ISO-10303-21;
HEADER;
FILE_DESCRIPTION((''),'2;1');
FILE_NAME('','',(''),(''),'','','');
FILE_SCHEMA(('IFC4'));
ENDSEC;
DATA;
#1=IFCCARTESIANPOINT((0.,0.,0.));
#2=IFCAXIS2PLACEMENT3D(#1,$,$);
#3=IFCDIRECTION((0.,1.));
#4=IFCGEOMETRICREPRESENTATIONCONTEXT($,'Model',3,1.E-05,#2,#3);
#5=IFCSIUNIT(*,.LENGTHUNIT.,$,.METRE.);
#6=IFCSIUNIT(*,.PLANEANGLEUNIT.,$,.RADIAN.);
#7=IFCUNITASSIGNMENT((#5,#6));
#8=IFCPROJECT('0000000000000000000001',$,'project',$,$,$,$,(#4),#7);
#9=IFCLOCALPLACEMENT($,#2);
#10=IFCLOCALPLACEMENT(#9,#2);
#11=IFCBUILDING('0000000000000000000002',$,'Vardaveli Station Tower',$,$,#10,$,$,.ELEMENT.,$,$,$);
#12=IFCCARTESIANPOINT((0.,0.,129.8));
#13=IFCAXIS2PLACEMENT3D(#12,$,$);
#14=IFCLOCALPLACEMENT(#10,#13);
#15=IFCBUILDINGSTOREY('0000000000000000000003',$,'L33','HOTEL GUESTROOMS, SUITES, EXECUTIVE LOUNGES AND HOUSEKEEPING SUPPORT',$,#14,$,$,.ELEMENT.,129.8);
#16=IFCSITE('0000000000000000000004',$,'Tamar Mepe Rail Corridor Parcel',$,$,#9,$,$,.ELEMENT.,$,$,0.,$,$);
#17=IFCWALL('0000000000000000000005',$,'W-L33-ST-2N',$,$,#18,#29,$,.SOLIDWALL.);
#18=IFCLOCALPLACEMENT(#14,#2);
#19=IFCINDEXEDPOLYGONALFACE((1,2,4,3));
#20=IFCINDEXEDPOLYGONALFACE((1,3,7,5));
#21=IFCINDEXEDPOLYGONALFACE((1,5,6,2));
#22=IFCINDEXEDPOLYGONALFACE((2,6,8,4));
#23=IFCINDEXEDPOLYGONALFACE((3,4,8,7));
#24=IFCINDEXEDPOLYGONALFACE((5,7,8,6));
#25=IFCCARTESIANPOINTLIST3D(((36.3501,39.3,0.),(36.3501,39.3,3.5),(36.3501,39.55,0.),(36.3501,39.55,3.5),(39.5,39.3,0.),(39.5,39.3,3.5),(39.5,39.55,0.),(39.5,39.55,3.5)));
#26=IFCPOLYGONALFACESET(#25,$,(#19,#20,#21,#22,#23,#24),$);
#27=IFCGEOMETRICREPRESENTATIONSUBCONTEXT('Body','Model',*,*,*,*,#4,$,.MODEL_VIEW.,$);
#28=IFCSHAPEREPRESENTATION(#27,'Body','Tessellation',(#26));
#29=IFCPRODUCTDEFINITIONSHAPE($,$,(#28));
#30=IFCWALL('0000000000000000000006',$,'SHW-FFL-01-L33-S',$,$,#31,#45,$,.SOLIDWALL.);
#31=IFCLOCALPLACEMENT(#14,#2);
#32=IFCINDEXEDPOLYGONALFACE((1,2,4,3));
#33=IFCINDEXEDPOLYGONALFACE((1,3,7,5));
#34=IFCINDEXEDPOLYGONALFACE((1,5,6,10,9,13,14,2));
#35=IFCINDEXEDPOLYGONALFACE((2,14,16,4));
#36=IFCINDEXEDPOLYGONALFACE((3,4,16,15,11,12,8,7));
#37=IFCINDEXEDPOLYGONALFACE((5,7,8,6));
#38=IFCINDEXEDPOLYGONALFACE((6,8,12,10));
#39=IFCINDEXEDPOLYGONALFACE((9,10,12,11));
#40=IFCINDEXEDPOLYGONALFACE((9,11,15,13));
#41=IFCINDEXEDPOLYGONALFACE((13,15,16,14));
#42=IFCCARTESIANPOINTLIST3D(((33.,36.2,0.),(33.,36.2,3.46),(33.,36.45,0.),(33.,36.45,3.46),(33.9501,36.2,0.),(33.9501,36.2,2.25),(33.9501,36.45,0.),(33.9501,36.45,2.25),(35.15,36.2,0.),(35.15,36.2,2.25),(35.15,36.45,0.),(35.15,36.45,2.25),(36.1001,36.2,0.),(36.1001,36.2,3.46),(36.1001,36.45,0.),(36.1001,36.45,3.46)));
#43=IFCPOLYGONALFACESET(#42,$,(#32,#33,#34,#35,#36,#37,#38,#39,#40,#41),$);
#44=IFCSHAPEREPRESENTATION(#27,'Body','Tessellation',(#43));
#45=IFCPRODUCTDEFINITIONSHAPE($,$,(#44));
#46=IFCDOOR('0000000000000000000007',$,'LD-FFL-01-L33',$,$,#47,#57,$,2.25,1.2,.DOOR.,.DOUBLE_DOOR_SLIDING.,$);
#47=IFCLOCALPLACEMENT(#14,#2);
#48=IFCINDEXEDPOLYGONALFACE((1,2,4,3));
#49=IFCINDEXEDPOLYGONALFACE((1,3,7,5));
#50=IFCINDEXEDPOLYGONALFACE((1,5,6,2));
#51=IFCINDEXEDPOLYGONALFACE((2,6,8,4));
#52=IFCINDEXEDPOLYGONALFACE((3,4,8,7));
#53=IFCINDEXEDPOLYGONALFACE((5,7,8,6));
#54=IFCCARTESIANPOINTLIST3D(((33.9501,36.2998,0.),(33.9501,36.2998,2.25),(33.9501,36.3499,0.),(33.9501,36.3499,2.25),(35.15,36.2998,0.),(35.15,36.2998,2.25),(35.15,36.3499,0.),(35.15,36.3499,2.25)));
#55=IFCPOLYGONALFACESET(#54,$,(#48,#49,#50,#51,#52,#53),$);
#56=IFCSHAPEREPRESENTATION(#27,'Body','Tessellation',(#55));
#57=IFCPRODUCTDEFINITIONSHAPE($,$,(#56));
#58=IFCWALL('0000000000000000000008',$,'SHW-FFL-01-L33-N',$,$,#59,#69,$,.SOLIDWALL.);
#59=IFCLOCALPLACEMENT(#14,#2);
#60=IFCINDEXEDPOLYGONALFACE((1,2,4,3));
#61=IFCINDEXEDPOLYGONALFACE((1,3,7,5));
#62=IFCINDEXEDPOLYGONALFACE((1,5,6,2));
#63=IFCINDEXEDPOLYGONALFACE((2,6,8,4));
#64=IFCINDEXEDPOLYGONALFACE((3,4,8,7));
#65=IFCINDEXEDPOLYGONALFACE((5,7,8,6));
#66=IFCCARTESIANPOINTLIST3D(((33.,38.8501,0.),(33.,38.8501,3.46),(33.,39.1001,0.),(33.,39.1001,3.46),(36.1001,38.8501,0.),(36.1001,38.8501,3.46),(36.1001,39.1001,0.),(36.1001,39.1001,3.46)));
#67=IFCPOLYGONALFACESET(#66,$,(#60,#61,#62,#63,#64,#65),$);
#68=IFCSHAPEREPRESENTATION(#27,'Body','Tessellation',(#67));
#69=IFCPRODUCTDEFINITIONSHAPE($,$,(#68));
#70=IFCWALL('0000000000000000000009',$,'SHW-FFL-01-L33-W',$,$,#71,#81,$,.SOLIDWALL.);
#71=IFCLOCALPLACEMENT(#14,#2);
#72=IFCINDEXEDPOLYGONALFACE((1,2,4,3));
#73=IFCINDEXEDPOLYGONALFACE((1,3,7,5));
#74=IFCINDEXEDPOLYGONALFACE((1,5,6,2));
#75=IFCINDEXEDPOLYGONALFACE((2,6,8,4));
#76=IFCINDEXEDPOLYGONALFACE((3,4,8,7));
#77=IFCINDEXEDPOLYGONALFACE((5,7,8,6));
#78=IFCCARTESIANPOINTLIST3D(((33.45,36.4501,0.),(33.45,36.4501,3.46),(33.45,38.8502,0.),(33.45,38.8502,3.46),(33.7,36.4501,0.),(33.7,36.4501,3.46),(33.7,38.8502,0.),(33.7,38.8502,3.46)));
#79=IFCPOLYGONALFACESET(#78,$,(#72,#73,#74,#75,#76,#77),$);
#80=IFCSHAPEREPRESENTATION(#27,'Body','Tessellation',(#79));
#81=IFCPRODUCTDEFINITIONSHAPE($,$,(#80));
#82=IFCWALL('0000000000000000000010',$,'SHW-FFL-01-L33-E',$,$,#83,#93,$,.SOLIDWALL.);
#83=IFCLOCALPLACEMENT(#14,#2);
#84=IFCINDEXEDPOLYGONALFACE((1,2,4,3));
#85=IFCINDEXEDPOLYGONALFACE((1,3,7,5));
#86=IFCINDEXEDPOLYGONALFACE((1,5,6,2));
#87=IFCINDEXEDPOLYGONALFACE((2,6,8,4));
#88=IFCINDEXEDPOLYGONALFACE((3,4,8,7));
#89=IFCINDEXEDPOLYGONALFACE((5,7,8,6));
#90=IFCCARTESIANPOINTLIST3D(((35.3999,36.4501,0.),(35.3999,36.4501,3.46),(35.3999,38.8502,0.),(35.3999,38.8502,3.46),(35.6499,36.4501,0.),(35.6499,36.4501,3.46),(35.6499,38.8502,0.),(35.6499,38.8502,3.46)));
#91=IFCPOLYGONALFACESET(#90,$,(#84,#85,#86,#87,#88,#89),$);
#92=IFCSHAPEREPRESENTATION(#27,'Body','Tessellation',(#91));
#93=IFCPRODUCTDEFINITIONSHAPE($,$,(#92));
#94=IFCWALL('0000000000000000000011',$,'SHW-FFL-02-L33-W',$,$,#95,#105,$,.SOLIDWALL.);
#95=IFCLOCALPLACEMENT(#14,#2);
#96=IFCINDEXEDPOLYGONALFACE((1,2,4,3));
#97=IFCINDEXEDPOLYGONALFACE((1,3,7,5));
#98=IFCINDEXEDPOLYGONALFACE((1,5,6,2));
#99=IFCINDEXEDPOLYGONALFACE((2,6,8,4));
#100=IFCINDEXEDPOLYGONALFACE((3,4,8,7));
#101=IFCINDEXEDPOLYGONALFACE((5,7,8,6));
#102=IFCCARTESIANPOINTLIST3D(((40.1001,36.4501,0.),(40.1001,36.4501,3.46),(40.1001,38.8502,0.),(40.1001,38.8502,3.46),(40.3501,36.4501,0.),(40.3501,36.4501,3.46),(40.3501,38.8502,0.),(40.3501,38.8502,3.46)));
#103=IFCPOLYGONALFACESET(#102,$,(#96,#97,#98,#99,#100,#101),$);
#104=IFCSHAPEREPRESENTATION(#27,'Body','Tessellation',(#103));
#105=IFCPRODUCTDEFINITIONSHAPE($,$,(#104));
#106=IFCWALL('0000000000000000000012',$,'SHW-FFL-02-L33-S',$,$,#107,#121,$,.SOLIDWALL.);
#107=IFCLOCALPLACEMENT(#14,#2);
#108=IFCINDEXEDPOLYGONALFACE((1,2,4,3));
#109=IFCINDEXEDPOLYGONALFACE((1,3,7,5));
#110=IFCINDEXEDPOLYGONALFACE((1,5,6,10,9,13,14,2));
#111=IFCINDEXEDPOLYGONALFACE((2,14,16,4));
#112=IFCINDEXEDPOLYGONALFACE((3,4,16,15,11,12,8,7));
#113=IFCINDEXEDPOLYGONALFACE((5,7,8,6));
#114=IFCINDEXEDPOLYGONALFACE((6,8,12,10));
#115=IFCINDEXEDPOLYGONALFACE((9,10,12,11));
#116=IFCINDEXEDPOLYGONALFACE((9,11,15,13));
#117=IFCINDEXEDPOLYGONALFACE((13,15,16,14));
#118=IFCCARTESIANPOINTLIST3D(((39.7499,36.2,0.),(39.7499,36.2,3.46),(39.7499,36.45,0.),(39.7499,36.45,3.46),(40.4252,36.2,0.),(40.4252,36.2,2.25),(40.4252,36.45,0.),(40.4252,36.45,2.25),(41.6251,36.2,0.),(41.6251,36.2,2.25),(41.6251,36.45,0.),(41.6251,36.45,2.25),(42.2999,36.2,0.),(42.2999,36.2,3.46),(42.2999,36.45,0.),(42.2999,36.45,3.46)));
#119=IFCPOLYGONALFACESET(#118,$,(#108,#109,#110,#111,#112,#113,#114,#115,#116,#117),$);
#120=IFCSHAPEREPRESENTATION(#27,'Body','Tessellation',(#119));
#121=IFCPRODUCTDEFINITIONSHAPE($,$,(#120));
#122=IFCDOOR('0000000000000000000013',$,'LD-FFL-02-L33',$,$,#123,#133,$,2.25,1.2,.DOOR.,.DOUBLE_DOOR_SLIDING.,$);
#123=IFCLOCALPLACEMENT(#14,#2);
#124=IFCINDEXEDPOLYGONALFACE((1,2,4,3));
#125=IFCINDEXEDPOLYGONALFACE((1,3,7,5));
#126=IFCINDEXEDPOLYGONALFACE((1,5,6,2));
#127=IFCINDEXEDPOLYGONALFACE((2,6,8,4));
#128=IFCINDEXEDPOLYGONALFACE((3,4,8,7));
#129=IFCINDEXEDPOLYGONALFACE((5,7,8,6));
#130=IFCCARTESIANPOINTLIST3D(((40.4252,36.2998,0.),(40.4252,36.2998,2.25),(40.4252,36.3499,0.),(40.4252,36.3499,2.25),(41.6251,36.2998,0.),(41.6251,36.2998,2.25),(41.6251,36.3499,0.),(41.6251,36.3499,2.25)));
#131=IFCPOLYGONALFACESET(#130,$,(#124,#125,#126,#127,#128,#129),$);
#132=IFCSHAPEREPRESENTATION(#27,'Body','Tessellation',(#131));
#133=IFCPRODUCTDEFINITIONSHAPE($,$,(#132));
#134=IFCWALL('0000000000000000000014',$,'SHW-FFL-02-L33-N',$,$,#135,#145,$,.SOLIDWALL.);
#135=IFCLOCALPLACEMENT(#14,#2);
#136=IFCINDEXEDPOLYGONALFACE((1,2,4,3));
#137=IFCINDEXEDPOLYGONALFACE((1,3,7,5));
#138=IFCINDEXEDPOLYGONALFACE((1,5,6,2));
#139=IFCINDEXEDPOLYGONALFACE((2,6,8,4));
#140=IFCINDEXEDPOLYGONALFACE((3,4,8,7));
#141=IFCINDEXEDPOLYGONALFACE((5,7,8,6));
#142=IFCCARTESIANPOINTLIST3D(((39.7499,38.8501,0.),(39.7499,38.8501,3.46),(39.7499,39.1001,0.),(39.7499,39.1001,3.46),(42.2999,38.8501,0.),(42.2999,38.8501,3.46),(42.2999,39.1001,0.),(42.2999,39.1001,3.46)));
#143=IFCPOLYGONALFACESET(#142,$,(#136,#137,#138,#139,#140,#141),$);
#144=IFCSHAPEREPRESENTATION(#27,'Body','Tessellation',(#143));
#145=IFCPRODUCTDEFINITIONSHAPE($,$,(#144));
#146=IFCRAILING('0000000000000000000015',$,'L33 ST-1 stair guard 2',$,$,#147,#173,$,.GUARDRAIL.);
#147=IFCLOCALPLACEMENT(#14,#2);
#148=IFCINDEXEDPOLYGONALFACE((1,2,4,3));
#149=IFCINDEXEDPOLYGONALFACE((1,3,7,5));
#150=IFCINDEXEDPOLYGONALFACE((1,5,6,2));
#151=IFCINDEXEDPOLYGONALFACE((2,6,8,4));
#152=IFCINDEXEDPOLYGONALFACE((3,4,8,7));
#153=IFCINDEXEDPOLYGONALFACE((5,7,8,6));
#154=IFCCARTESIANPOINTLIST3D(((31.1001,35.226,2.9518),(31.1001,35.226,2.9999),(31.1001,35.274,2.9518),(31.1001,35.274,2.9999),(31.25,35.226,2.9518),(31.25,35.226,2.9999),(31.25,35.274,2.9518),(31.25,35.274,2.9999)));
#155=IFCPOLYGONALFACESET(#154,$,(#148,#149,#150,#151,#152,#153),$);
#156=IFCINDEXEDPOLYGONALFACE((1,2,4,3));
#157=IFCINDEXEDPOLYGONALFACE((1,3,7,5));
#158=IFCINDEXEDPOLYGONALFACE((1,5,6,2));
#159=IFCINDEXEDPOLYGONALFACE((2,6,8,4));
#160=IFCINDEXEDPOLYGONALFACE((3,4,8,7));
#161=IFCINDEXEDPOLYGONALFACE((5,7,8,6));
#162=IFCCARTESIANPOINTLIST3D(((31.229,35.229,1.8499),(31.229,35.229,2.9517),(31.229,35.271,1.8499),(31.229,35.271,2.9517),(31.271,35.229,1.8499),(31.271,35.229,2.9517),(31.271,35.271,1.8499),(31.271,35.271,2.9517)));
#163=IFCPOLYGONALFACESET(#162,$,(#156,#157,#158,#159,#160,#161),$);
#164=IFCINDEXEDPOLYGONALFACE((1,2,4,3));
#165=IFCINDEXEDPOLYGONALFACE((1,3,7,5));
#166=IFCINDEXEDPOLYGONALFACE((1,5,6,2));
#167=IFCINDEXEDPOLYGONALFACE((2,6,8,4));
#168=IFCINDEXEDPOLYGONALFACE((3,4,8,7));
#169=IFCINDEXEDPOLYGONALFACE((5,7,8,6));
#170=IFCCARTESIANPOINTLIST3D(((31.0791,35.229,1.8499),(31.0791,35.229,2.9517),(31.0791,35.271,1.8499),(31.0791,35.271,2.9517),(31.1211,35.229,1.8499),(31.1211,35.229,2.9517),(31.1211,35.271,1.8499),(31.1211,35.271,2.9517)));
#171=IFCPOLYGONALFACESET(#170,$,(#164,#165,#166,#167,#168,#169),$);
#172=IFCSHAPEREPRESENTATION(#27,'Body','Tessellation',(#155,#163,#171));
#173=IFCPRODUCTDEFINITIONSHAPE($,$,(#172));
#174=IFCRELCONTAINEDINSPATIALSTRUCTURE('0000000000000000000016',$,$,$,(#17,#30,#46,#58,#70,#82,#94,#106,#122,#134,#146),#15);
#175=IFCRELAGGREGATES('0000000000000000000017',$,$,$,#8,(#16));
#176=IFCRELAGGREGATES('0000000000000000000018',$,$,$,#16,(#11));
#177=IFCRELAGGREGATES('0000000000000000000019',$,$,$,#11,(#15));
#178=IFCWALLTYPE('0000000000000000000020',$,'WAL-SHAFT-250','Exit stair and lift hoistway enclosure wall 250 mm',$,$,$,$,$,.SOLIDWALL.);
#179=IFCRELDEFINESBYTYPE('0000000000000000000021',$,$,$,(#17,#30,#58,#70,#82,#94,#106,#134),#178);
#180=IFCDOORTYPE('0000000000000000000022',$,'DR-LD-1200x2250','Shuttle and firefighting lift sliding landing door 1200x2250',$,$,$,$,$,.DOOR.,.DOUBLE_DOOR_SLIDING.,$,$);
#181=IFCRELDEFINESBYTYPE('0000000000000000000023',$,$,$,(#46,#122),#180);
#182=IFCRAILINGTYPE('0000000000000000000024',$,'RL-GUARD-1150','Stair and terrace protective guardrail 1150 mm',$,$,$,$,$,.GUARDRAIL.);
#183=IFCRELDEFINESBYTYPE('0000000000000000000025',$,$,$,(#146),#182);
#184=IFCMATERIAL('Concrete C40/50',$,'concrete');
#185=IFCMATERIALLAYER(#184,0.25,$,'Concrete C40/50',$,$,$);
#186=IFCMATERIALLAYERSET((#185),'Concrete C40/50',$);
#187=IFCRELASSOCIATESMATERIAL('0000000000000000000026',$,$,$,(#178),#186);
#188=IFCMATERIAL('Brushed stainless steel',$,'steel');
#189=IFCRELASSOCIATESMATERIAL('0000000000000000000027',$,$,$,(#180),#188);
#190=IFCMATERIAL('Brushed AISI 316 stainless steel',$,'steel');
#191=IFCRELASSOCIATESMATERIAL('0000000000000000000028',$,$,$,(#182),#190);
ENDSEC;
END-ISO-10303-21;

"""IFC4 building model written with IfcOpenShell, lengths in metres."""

from ifc_helpers import new_model, si_unit, direction, frame, frame_2d, origin, origin_2d, place, context, subcontext, project, spatial, rectangle, extrude, source, transform, mapped, material, layer, layer_set, type_object, element, fill, save


model = new_model("IFC4")

# Units and contexts
model_context = context("Model", 3, precision=1e-05, world=origin(), true_north=direction((0.0, 1.0)))
body_context = subcontext(model_context, "Body", "Model", "MODEL_VIEW")
ifc_project = project(units=[si_unit("LENGTHUNIT", "METRE"), si_unit("PLANEANGLEUNIT", "RADIAN")], contexts=[model_context])

# Site, building, storey
site_placement = place(None, origin())
site = spatial("IfcSite", under=ifc_project, at=site_placement, Name="Tamar Mepe Rail Corridor Parcel", CompositionType="ELEMENT", RefElevation=0.0)
building_placement = place(site_placement, origin())
building = spatial("IfcBuilding", under=site, at=building_placement, Name="Vardaveli Station Tower", CompositionType="ELEMENT")
storey_placement = place(building_placement, frame((0.0, 0.0, 129.8)))
storey = spatial("IfcBuildingStorey", under=building, at=storey_placement, Name="L33", Description="HOTEL GUESTROOMS, SUITES, EXECUTIVE LOUNGES AND HOUSEKEEPING SUPPORT", CompositionType="ELEMENT", Elevation=129.8)

# Wall
ifc_material_1 = material(Name="Concrete C40/50", Category="concrete")
ifc_layer_1 = layer(ifc_material_1, 0.25, Name="Concrete C40/50")
ifc_layer_set_1 = layer_set([ifc_layer_1], Name="Concrete C40/50")
wall_type = type_object("IfcWallType", Name="WAL-SHAFT-250", Description="Exit stair and lift hoistway enclosure wall 250 mm", PredefinedType="SOLIDWALL", material=ifc_layer_set_1)
shared_shape_1 = source(origin(), body_context, "Body", "SweptSolid", [
    extrude(rectangle(XDim=3.1499, YDim=0.25, at=frame_2d((1.575, 0.0))), origin(), (0.0, 0.0, 1.0), 3.5),
])
wall_1_placement = place(storey_placement, frame((36.3501, 39.425, 0.0), z_axis=(0.0, 0.0, 1.0), x_axis=(1.0, 0.0, 0.0)))
element("IfcWall", 1, at=wall_1_placement, inside=storey, type_object=wall_type, Name="W-L33-ST-2N", PredefinedType="SOLIDWALL", context=body_context, shape_type="MappedRepresentation", body=[
    mapped(shared_shape_1, transform((0.0, 0.0, 0.0), scale=1.0)),
])

# Wall, opening, door
shared_shape_2 = source(origin(), body_context, "Body", "SweptSolid", [
    extrude(rectangle(XDim=3.1001, YDim=0.25, at=frame_2d((1.55, 0.0))), origin(), (0.0, 0.0, 1.0), 3.46),
])
wall_2_placement = place(storey_placement, frame((33.0, 36.325, 0.0), z_axis=(0.0, 0.0, 1.0), x_axis=(1.0, 0.0, 0.0)))
wall_2 = element("IfcWall", 2, at=wall_2_placement, inside=storey, type_object=wall_type, Name="SHW-FFL-01-L33-S", PredefinedType="SOLIDWALL", context=body_context, shape_type="MappedRepresentation", body=[
    mapped(shared_shape_2, transform((0.0, 0.0, 0.0), scale=1.0)),
])
shared_shape_3 = source(origin(), body_context, "Body", "SweptSolid", [
    extrude(rectangle(XDim=1.2, YDim=2.25, at=frame_2d((0.6001, 1.125))), frame((0.0, 0.135, 0.0), z_axis=(0.0, -1.0, 0.0), x_axis=(1.0, 0.0, 0.0)), (0.0, 0.0, 1.0), 0.27),
])
opening_1_placement = place(wall_2_placement, frame((0.95, 0.0, 0.0)))
opening_1 = element("IfcOpeningElement", 3, at=opening_1_placement, cuts=wall_2, PredefinedType="OPENING", context=body_context, shape_type="MappedRepresentation", body=[
    mapped(shared_shape_3, transform((0.0, 0.0, 0.0), scale=1.0)),
])
ifc_material_2 = material(Name="Brushed stainless steel", Category="steel")
door_type = type_object("IfcDoorType", Name="DR-LD-1200x2250", Description="Shuttle and firefighting lift sliding landing door 1200x2250", OperationType="DOUBLE_DOOR_SLIDING", PredefinedType="DOOR", material=ifc_material_2)
shared_shape_4 = source(origin(), body_context, "Body", "SweptSolid", [
    extrude(rectangle(XDim=1.2, YDim=2.25, at=frame_2d((0.6001, 1.125))), frame((0.0, 0.0249, 0.0), z_axis=(0.0, -1.0, 0.0), x_axis=(1.0, 0.0, 0.0)), (0.0, 0.0, 1.0), 0.05),
])
door_1_placement = place(opening_1_placement, origin())
door_1 = element("IfcDoor", 4, at=door_1_placement, inside=storey, type_object=door_type, Name="LD-FFL-01-L33", OperationType="DOUBLE_DOOR_SLIDING", OverallHeight=2.25, OverallWidth=1.2, PredefinedType="DOOR", context=body_context, shape_type="MappedRepresentation", body=[
    mapped(shared_shape_4, transform((0.0, 0.0, 0.0), scale=1.0)),
])
fill(opening_1, door_1)

# Walls
wall_3_placement = place(storey_placement, frame((33.0, 38.9751, 0.0), z_axis=(0.0, 0.0, 1.0), x_axis=(1.0, 0.0, 0.0)))
element("IfcWall", 5, at=wall_3_placement, inside=storey, type_object=wall_type, Name="SHW-FFL-01-L33-N", PredefinedType="SOLIDWALL", context=body_context, shape_type="MappedRepresentation", body=[
    mapped(shared_shape_2, transform((0.0, 0.0, 0.0), scale=1.0)),
])
shared_shape_5 = source(origin(), body_context, "Body", "SweptSolid", [
    extrude(rectangle(XDim=2.4001, YDim=0.25, at=frame_2d((1.2002, 0.0))), origin(), (0.0, 0.0, 1.0), 3.46),
])
for number, where, z_axis, x_axis, name in (
    (6, (33.575, 36.45, 0.0), (0.0, 0.0, 1.0), (0.0, 1.0, 0.0), "SHW-FFL-01-L33-W"),
    (7, (35.5249, 36.45, 0.0), (0.0, 0.0, 1.0), (0.0, 1.0, 0.0), "SHW-FFL-01-L33-E"),
    (8, (40.2251, 36.45, 0.0), (0.0, 0.0, 1.0), (0.0, 1.0, 0.0), "SHW-FFL-02-L33-W"),
):
    element("IfcWall", number, at=place(storey_placement, frame(where, z_axis=z_axis, x_axis=x_axis)), inside=storey, type_object=wall_type, Name=name, PredefinedType="SOLIDWALL", context=body_context, shape_type="MappedRepresentation", body=[
        mapped(shared_shape_5, transform((0.0, 0.0, 0.0), scale=1.0)),
    ])

# Wall, opening, door
shared_shape_6 = source(origin(), body_context, "Body", "SweptSolid", [
    extrude(rectangle(XDim=2.55, YDim=0.25, at=frame_2d((1.2749, 0.0))), origin(), (0.0, 0.0, 1.0), 3.46),
])
wall_4_placement = place(storey_placement, frame((39.75, 36.325, 0.0), z_axis=(0.0, 0.0, 1.0), x_axis=(1.0, 0.0, 0.0)))
wall_4 = element("IfcWall", 9, at=wall_4_placement, inside=storey, type_object=wall_type, Name="SHW-FFL-02-L33-S", PredefinedType="SOLIDWALL", context=body_context, shape_type="MappedRepresentation", body=[
    mapped(shared_shape_6, transform((0.0, 0.0, 0.0), scale=1.0)),
])
opening_2_placement = place(wall_4_placement, frame((0.675, 0.0, 0.0)))
opening_2 = element("IfcOpeningElement", 10, at=opening_2_placement, cuts=wall_4, PredefinedType="OPENING", context=body_context, shape_type="MappedRepresentation", body=[
    mapped(shared_shape_3, transform((0.0, 0.0, 0.0), scale=1.0)),
])
door_2_placement = place(opening_2_placement, origin())
door_2 = element("IfcDoor", 11, at=door_2_placement, inside=storey, type_object=door_type, Name="LD-FFL-02-L33", OperationType="DOUBLE_DOOR_SLIDING", OverallHeight=2.25, OverallWidth=1.2, PredefinedType="DOOR", context=body_context, shape_type="MappedRepresentation", body=[
    mapped(shared_shape_4, transform((0.0, 0.0, 0.0), scale=1.0)),
])
fill(opening_2, door_2)

# Wall
wall_5_placement = place(storey_placement, frame((39.75, 38.9751, 0.0), z_axis=(0.0, 0.0, 1.0), x_axis=(1.0, 0.0, 0.0)))
element("IfcWall", 12, at=wall_5_placement, inside=storey, type_object=wall_type, Name="SHW-FFL-02-L33-N", PredefinedType="SOLIDWALL", context=body_context, shape_type="MappedRepresentation", body=[
    mapped(shared_shape_6, transform((0.0, 0.0, 0.0), scale=1.0)),
])

# Railing
ifc_material_3 = material(Name="Brushed AISI 316 stainless steel", Category="steel")
railing_type = type_object("IfcRailingType", Name="RL-GUARD-1150", Description="Stair and terrace protective guardrail 1150 mm", PredefinedType="GUARDRAIL", material=ifc_material_3)
shared_shape_7 = source(origin(), body_context, "Body", "SweptSolid", [
    extrude(rectangle(XDim=0.0481, YDim=0.0481, at=origin_2d()), frame((0.0, 0.0, 1.126), z_axis=(-1.0, 0.0, 0.0), x_axis=(0.0, -1.0, 0.0)), (0.0, 0.0, 1.0), 0.1499),
    extrude(rectangle(XDim=0.042, YDim=0.042, at=origin_2d()), origin(), (0.0, 0.0, 1.0), 1.1018),
    extrude(rectangle(XDim=0.042, YDim=0.042, at=origin_2d()), frame((-0.1499, 0.0, 0.0)), (0.0, 0.0, 1.0), 1.1018),
])
for number, where, name in (
    (13, (31.25, 35.25, 1.8499), "L33 ST-1 stair guard 2"),
):
    element("IfcRailing", number, at=place(storey_placement, frame(where)), inside=storey, type_object=railing_type, Name=name, PredefinedType="GUARDRAIL", context=body_context, shape_type="MappedRepresentation", body=[
        mapped(shared_shape_7, transform((0.0, 0.0, 0.0), scale=1.0)),
    ])

save(model, "model.ifc")
